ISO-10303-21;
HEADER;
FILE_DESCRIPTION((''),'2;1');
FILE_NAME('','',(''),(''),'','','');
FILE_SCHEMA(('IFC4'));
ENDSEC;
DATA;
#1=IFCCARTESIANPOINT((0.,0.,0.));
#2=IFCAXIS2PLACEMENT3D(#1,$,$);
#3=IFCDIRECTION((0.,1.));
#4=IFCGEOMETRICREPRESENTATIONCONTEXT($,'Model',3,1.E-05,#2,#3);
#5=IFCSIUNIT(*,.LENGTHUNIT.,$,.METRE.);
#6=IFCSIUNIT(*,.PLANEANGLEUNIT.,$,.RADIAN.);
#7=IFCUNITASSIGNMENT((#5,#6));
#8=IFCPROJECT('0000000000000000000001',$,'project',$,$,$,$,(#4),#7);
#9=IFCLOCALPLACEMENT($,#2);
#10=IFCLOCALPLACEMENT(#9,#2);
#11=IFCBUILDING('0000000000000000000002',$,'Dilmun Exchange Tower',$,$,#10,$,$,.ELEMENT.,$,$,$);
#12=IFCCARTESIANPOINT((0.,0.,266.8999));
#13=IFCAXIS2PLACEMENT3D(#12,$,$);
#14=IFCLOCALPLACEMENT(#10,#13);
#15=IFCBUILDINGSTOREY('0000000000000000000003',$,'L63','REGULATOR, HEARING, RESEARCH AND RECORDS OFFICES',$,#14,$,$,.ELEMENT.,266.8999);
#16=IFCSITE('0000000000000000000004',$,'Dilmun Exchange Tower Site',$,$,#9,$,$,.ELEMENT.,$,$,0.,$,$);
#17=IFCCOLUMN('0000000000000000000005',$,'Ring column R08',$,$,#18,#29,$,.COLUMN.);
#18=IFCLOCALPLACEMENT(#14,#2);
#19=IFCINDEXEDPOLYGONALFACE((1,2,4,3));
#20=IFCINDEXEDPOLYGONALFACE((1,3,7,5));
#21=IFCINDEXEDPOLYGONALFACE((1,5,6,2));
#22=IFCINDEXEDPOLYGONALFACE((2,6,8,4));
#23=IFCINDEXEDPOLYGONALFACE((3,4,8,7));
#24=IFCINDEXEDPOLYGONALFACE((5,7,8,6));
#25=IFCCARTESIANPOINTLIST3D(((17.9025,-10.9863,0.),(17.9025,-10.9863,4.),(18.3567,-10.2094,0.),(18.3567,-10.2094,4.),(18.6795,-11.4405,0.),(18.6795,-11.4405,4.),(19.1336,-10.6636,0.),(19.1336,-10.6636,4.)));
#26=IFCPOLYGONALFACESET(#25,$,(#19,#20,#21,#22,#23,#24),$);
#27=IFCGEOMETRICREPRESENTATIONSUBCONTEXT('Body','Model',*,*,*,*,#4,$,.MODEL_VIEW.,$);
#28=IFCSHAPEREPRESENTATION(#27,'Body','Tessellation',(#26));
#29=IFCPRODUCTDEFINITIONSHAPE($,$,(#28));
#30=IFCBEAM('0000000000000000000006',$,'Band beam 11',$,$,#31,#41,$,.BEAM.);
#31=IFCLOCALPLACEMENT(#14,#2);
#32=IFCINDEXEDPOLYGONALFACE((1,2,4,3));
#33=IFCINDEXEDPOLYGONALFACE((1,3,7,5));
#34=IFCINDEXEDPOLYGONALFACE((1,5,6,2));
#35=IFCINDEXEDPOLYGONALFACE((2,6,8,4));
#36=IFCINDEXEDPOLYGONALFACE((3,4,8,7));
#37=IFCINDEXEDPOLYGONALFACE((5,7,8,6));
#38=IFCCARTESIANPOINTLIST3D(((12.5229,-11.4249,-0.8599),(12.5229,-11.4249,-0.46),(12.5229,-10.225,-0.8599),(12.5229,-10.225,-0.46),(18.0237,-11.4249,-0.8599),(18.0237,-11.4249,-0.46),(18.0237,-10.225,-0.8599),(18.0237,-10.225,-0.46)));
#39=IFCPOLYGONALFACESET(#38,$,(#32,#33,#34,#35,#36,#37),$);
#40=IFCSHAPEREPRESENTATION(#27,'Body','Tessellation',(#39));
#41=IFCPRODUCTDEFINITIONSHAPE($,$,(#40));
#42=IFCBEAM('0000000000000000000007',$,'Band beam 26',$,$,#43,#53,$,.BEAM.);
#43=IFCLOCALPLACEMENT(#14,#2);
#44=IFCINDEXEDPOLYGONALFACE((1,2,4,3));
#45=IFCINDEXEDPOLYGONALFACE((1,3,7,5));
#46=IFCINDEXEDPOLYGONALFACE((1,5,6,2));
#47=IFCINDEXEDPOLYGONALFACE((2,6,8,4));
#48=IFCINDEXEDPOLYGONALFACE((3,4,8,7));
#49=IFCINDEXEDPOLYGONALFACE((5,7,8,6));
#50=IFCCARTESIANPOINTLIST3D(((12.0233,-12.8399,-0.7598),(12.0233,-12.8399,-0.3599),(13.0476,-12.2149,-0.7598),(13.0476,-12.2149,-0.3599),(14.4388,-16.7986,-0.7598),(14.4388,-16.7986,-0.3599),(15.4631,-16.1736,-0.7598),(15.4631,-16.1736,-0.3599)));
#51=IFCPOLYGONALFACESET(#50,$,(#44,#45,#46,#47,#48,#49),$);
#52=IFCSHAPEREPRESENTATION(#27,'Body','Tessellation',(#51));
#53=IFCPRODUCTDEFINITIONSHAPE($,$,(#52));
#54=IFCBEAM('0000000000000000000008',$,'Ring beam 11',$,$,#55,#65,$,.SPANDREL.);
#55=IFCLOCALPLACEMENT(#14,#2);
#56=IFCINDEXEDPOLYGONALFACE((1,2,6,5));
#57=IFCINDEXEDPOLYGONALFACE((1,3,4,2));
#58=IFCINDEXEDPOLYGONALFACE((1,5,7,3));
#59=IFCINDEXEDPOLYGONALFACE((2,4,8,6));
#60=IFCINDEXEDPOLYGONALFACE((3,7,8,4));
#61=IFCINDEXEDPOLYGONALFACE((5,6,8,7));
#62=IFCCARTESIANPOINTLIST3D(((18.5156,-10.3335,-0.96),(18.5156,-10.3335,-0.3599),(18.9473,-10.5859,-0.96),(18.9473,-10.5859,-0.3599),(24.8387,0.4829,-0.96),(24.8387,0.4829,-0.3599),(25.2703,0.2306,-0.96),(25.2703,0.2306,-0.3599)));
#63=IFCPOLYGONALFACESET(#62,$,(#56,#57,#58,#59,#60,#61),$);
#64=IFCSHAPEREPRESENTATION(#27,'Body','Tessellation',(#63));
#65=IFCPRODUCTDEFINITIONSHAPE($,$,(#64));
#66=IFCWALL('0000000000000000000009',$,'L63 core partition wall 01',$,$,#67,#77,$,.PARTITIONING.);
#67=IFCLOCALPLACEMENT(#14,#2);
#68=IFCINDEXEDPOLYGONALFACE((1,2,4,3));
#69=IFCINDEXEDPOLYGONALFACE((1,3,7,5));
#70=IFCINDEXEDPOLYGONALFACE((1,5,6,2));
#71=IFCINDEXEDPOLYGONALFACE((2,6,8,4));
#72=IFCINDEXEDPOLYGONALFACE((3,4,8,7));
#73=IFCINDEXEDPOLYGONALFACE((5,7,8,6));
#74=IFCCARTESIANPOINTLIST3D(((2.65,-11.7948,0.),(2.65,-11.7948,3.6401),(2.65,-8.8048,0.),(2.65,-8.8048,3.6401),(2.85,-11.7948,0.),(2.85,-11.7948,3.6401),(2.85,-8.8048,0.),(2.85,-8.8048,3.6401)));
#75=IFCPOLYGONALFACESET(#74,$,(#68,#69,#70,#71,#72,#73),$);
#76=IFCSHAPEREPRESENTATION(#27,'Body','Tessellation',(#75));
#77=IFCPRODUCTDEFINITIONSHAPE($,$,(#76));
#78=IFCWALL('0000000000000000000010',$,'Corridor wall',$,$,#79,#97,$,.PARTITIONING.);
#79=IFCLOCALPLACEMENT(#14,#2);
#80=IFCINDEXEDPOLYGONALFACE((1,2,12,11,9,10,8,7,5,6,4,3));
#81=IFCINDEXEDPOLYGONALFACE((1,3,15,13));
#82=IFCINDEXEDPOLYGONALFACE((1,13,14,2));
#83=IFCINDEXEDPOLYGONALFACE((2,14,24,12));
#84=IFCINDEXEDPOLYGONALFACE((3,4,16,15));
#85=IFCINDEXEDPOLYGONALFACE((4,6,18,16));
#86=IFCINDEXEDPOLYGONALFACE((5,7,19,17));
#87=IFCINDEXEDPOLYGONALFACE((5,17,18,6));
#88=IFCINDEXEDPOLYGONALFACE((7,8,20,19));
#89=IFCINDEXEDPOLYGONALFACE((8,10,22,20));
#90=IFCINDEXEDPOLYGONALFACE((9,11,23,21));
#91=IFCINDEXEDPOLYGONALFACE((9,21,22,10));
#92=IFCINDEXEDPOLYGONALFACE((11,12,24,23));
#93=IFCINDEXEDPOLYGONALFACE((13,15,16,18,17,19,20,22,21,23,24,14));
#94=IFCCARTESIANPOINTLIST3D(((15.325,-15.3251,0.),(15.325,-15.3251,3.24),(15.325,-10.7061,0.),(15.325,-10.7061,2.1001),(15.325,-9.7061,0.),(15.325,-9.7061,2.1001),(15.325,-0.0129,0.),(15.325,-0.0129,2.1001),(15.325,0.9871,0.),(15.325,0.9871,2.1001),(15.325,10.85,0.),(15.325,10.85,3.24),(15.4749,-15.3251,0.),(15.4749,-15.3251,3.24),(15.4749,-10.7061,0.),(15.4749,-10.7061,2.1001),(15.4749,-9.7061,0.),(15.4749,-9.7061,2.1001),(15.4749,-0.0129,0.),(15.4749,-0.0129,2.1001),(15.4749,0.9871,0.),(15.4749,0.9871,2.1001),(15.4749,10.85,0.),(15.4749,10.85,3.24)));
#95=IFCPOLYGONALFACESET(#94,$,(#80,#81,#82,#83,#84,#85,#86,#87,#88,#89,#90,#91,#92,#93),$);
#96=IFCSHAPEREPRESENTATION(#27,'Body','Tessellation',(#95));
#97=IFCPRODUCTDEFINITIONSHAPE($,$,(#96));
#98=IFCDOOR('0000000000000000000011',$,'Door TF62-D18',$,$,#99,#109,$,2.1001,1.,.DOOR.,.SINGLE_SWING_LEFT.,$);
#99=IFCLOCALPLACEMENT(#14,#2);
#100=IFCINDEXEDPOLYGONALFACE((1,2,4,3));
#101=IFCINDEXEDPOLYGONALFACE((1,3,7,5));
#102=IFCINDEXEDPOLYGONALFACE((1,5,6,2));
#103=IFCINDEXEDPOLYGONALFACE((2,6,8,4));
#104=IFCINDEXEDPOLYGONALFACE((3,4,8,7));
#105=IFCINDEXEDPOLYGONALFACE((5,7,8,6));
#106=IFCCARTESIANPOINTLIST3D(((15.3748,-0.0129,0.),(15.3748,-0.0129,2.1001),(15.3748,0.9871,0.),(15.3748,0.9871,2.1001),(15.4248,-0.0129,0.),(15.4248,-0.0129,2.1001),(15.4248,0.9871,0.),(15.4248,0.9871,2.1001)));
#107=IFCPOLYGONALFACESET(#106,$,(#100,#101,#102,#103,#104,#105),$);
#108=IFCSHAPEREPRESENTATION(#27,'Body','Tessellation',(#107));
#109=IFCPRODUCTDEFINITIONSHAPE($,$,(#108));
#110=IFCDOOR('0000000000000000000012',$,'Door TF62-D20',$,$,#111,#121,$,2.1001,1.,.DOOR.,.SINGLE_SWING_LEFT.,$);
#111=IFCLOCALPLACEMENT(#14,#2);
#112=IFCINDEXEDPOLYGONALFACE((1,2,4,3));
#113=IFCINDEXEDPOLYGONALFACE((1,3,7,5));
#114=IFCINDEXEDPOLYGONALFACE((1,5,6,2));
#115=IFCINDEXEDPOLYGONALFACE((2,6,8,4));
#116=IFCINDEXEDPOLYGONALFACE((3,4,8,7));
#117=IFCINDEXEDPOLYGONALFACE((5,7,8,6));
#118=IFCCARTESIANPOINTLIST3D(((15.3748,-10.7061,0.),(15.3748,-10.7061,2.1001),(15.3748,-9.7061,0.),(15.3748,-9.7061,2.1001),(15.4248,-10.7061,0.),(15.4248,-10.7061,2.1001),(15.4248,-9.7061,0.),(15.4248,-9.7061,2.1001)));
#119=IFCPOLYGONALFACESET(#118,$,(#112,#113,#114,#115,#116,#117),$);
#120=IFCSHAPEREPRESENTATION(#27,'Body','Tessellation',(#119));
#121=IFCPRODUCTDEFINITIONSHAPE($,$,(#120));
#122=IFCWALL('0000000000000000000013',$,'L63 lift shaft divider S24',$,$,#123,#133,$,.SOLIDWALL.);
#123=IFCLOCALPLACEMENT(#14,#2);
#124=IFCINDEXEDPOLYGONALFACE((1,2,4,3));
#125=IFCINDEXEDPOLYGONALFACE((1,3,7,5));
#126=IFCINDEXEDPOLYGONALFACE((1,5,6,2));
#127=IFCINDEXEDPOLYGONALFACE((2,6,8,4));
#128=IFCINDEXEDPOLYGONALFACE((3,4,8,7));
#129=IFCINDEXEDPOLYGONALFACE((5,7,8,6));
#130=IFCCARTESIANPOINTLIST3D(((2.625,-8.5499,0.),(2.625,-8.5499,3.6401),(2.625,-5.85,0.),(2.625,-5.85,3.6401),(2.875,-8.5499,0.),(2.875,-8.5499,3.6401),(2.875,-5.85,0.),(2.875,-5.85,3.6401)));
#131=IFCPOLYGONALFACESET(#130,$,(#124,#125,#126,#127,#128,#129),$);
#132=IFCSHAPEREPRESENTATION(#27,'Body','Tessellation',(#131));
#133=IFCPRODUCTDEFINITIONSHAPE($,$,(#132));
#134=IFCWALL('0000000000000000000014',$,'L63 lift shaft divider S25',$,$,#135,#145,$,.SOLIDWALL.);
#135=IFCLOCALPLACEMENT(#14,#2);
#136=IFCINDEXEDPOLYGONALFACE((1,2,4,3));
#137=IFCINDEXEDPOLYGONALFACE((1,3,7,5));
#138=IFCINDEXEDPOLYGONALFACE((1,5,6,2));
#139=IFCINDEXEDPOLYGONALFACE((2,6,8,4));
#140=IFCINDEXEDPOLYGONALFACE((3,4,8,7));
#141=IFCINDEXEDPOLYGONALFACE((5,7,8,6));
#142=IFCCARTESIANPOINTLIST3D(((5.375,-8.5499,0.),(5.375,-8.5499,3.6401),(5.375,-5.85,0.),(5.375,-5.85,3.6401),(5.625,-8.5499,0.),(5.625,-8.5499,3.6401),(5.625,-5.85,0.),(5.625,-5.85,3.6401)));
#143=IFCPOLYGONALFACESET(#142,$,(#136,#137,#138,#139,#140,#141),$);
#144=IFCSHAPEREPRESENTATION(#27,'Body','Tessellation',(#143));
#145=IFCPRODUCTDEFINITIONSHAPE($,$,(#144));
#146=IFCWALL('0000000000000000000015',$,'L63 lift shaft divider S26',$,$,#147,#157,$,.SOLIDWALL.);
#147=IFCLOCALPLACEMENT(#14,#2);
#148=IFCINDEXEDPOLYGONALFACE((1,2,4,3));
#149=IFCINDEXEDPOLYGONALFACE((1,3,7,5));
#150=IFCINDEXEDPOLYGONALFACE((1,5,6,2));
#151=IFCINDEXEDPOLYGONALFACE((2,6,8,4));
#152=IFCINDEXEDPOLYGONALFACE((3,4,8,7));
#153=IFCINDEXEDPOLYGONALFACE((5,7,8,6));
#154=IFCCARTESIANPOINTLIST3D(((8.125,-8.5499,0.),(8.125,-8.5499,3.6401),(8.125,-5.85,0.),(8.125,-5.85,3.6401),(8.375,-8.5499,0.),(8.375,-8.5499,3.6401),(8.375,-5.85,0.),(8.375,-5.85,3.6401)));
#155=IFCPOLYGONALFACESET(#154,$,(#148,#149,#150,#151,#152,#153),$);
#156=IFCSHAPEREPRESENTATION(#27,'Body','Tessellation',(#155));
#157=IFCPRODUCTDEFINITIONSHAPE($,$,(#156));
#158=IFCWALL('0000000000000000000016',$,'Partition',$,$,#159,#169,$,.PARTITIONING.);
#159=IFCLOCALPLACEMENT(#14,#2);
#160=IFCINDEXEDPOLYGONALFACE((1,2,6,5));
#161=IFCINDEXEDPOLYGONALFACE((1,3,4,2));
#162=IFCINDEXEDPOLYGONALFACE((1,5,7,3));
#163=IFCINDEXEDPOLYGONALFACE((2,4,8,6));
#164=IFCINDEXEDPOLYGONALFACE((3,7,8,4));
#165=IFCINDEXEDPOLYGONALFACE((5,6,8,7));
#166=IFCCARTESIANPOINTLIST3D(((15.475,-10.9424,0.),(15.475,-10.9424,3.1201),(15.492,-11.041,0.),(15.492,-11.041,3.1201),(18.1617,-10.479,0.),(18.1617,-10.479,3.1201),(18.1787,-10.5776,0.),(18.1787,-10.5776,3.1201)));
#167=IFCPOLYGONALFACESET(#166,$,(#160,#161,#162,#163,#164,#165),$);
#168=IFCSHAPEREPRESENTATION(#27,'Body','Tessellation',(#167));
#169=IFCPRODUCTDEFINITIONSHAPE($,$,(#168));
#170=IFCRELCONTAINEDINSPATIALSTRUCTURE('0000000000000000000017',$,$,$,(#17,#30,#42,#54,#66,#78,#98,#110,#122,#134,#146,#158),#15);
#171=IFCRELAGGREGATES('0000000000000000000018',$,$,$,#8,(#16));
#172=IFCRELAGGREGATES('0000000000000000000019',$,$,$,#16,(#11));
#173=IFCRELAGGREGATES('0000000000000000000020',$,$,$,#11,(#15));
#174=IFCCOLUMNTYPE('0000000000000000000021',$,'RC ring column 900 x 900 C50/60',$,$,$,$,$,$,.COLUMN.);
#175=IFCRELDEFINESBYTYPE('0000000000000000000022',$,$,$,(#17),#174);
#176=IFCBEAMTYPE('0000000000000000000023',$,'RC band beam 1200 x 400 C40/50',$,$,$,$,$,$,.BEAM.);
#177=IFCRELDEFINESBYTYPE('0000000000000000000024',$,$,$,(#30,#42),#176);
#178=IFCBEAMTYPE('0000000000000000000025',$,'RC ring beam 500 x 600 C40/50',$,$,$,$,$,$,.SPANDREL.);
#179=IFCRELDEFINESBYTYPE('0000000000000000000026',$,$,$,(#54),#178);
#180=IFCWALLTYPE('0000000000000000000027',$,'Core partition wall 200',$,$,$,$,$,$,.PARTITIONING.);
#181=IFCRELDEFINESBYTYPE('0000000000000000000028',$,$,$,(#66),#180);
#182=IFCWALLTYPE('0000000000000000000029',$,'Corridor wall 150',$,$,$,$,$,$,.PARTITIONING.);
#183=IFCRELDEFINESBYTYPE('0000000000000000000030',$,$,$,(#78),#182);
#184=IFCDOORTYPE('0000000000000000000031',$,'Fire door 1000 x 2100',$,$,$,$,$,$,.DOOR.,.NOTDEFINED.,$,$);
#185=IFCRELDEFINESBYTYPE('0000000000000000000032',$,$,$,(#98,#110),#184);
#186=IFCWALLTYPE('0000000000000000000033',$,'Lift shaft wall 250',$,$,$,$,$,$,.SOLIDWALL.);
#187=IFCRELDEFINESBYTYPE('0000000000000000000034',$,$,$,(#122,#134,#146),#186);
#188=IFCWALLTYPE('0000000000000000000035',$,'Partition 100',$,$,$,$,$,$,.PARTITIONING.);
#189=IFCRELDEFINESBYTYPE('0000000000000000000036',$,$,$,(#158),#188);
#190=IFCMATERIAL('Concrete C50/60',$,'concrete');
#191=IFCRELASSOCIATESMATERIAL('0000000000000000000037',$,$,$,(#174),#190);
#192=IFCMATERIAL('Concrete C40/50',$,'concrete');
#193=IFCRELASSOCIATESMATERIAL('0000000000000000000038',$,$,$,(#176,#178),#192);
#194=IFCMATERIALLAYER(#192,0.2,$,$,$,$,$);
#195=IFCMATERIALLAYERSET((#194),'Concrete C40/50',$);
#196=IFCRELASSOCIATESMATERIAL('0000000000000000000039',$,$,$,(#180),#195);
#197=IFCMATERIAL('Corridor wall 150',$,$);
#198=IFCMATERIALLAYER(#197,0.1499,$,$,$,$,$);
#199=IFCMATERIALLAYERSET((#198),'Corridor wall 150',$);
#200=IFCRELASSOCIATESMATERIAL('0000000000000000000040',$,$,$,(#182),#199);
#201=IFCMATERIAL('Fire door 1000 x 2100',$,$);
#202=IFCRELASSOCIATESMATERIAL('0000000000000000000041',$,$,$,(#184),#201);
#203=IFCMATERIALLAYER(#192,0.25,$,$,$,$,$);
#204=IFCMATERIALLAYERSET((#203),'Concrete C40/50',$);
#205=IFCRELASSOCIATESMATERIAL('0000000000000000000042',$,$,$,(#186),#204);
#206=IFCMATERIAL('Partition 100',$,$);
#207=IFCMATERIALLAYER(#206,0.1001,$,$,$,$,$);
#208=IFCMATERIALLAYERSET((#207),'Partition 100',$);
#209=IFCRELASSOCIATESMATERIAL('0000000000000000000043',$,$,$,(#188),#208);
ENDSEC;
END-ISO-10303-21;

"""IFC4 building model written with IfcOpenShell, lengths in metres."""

from ifc_helpers import new_model, si_unit, direction, frame, frame_2d, origin, origin_2d, place, context, subcontext, project, spatial, rectangle, extrude, material, layer, layer_set, material_profile, profile_set, type_object, element, fill, save


model = new_model("IFC4")

# Units and contexts
model_context = context("Model", 3, precision=1e-05, world=origin(), true_north=direction((0.0, 1.0)))
body_context = subcontext(model_context, "Body", "Model", "MODEL_VIEW")
ifc_project = project(units=[si_unit("LENGTHUNIT", "METRE"), si_unit("PLANEANGLEUNIT", "RADIAN")], contexts=[model_context])

# Site, building, storey
site_placement = place(None, origin())
site = spatial("IfcSite", under=ifc_project, at=site_placement, Name="Dilmun Exchange Tower Site", CompositionType="ELEMENT", RefElevation=0.0)
building_placement = place(site_placement, origin())
building = spatial("IfcBuilding", under=site, at=building_placement, Name="Dilmun Exchange Tower", CompositionType="ELEMENT")
storey_placement = place(building_placement, frame((0.0, 0.0, 266.8999)))
storey = spatial("IfcBuildingStorey", under=building, at=storey_placement, Name="L63", Description="REGULATOR, HEARING, RESEARCH AND RECORDS OFFICES", CompositionType="ELEMENT", Elevation=266.8999)

# Column
ifc_material_1 = material(Name="Concrete C50/60", Category="concrete")
ifc_material_profile_1 = material_profile(ifc_material_1, rectangle(XDim=0.8999, YDim=0.8999, at=origin_2d()), Name="900 x 900")
ifc_profile_set_1 = profile_set([ifc_material_profile_1], Name="Concrete C50/60")
column_type = type_object("IfcColumnType", Name="RC ring column 900 x 900 C50/60", PredefinedType="COLUMN", material=ifc_profile_set_1)
column_placement = place(storey_placement, frame((18.5181, -10.825, 0.0), z_axis=(0.0, 0.0, 1.0), x_axis=(0.504644, 0.863328, 0.0)))
element("IfcColumn", 1, at=column_placement, inside=storey, type_object=column_type, Name="Ring column R08", PredefinedType="COLUMN", context=body_context, shape_type="SweptSolid", body=[
    extrude(rectangle(XDim=0.8999, YDim=0.8999, at=origin_2d()), origin(), (0.0, 0.0, 1.0), 4.0),
])

# Beams
ifc_material_2 = material(Name="Concrete C40/50", Category="concrete")
ifc_material_profile_2 = material_profile(ifc_material_2, rectangle(XDim=1.2, YDim=0.3999, at=origin_2d()), Name="1200 x 400")
ifc_profile_set_2 = profile_set([ifc_material_profile_2], Name="Concrete C40/50")
beam_type_1 = type_object("IfcBeamType", Name="RC band beam 1200 x 400 C40/50", PredefinedType="BEAM", material=ifc_profile_set_2)
beam_1_placement = place(storey_placement, frame((18.0237, -10.825, -0.6599), z_axis=(-1.0, 0.0, 0.0), x_axis=(0.0, -1.0, 0.0)))
element("IfcBeam", 2, at=beam_1_placement, inside=storey, type_object=beam_type_1, Name="Band beam 11", PredefinedType="BEAM", context=body_context, shape_type="SweptSolid", body=[
    extrude(rectangle(XDim=1.2, YDim=0.3999, at=origin_2d()), origin(), (0.0, 0.0, 1.0), 5.5007),
])
beam_2_placement = place(storey_placement, frame((14.9509, -16.4861, -0.5598), z_axis=(-0.520869, 0.853637, 0.0), x_axis=(-0.853637, -0.520869, 0.0)))
element("IfcBeam", 3, at=beam_2_placement, inside=storey, type_object=beam_type_1, Name="Band beam 26", PredefinedType="BEAM", context=body_context, shape_type="SweptSolid", body=[
    extrude(rectangle(XDim=1.2, YDim=0.3999, at=origin_2d()), origin(), (0.0, 0.0, 1.0), 4.6375),
])
ifc_material_profile_3 = material_profile(ifc_material_2, rectangle(XDim=0.5, YDim=0.6001, at=origin_2d()), Name="500 x 600")
ifc_profile_set_3 = profile_set([ifc_material_profile_3], Name="Concrete C40/50")
beam_type_2 = type_object("IfcBeamType", Name="RC ring beam 500 x 600 C40/50", PredefinedType="SPANDREL", material=ifc_profile_set_3)
beam_3_placement = place(storey_placement, frame((18.7314, -10.4597, -0.6599), z_axis=(0.50467, 0.863312, 0.0), x_axis=(-0.863312, 0.50467, 0.0)))
element("IfcBeam", 4, at=beam_3_placement, inside=storey, type_object=beam_type_2, Name="Ring beam 11", PredefinedType="SPANDREL", context=body_context, shape_type="SweptSolid", body=[
    extrude(rectangle(XDim=0.5, YDim=0.6001, at=origin_2d()), origin(), (0.0, 0.0, 1.0), 12.5291),
])

# Wall
ifc_layer_1 = layer(ifc_material_2, 0.2)
ifc_layer_set_1 = layer_set([ifc_layer_1], Name="Concrete C40/50")
wall_type_1 = type_object("IfcWallType", Name="Core partition wall 200", PredefinedType="PARTITIONING", material=ifc_layer_set_1)
wall_1_placement = place(storey_placement, frame((2.75, -11.7949, 0.0), z_axis=(0.0, 0.0, 1.0), x_axis=(0.0, 1.0, 0.0)))
element("IfcWall", 5, at=wall_1_placement, inside=storey, type_object=wall_type_1, Name="L63 core partition wall 01", PredefinedType="PARTITIONING", context=body_context, shape_type="SweptSolid", body=[
    extrude(rectangle(XDim=2.99, YDim=0.2, at=frame_2d((1.4951, 0.0))), origin(), (0.0, 0.0, 1.0), 3.6401),
])

# Wall, openings, doors
ifc_material_3 = material(Name="Corridor wall 150")
ifc_layer_2 = layer(ifc_material_3, 0.1499)
ifc_layer_set_2 = layer_set([ifc_layer_2], Name="Corridor wall 150")
wall_type_2 = type_object("IfcWallType", Name="Corridor wall 150", PredefinedType="PARTITIONING", material=ifc_layer_set_2)
wall_2_placement = place(storey_placement, frame((15.3999, -15.325, 0.0), z_axis=(0.0, 0.0, 1.0), x_axis=(0.0, 1.0, 0.0)))
wall_2 = element("IfcWall", 6, at=wall_2_placement, inside=storey, type_object=wall_type_2, Name="Corridor wall", PredefinedType="PARTITIONING", context=body_context, shape_type="SweptSolid", body=[
    extrude(rectangle(XDim=26.175, YDim=0.1499, at=frame_2d((13.0874, 0.0))), origin(), (0.0, 0.0, 1.0), 3.24),
])
opening_1_placement = place(wall_2_placement, frame((15.312, 0.0, 0.0)))
opening_1 = element("IfcOpeningElement", 7, at=opening_1_placement, cuts=wall_2, PredefinedType="OPENING", context=body_context, shape_type="SweptSolid", body=[
    extrude(rectangle(XDim=1.0, YDim=2.1001, at=frame_2d((0.5, 1.05))), frame((0.0, 0.085, 0.0), z_axis=(0.0, -1.0, 0.0), x_axis=(1.0, 0.0, 0.0)), (0.0, 0.0, 1.0), 0.1699),
])
opening_2_placement = place(wall_2_placement, frame((4.6189, 0.0, 0.0)))
opening_2 = element("IfcOpeningElement", 8, at=opening_2_placement, cuts=wall_2, PredefinedType="OPENING", context=body_context, shape_type="SweptSolid", body=[
    extrude(rectangle(XDim=1.0, YDim=2.1001, at=frame_2d((0.5, 1.05))), frame((0.0, 0.085, 0.0), z_axis=(0.0, -1.0, 0.0), x_axis=(1.0, 0.0, 0.0)), (0.0, 0.0, 1.0), 0.1699),
])
ifc_material_4 = material(Name="Fire door 1000 x 2100")
door_type_1 = type_object("IfcDoorType", Name="Fire door 1000 x 2100", OperationType="NOTDEFINED", PredefinedType="DOOR", material=ifc_material_4)
door_1_placement = place(opening_1_placement, frame((1.0, 0.0, 0.0), z_axis=(0.0, 0.0, 1.0), x_axis=(-1.0, 0.0, 0.0)))
door_1 = element("IfcDoor", 9, at=door_1_placement, inside=storey, type_object=door_type_1, Name="Door TF62-D18", OperationType="SINGLE_SWING_LEFT", OverallHeight=2.1001, OverallWidth=1.0, PredefinedType="DOOR", context=body_context, shape_type="SweptSolid", body=[
    extrude(rectangle(XDim=1.0, YDim=2.1001, at=frame_2d((0.5, 1.05))), frame((0.0, 0.0249, 0.0), z_axis=(0.0, -1.0, 0.0), x_axis=(1.0, 0.0, 0.0)), (0.0, 0.0, 1.0), 0.05),
])
fill(opening_1, door_1)
door_2_placement = place(opening_2_placement, frame((1.0, 0.0, 0.0), z_axis=(0.0, 0.0, 1.0), x_axis=(-1.0, 0.0, 0.0)))
door_2 = element("IfcDoor", 10, at=door_2_placement, inside=storey, type_object=door_type_1, Name="Door TF62-D20", OperationType="SINGLE_SWING_LEFT", OverallHeight=2.1001, OverallWidth=1.0, PredefinedType="DOOR", context=body_context, shape_type="SweptSolid", body=[
    extrude(rectangle(XDim=1.0, YDim=2.1001, at=frame_2d((0.5, 1.05))), frame((0.0, 0.0249, 0.0), z_axis=(0.0, -1.0, 0.0), x_axis=(1.0, 0.0, 0.0)), (0.0, 0.0, 1.0), 0.05),
])
fill(opening_2, door_2)

# Walls
ifc_layer_3 = layer(ifc_material_2, 0.25)
ifc_layer_set_3 = layer_set([ifc_layer_3], Name="Concrete C40/50")
wall_type_3 = type_object("IfcWallType", Name="Lift shaft wall 250", PredefinedType="SOLIDWALL", material=ifc_layer_set_3)
for number, where, z_axis, x_axis, name in (
    (11, (2.75, -8.55, 0.0), (0.0, 0.0, 1.0), (0.0, 1.0, 0.0), "L63 lift shaft divider S24"),
    (12, (5.5, -8.55, 0.0), (0.0, 0.0, 1.0), (0.0, 1.0, 0.0), "L63 lift shaft divider S25"),
    (13, (8.25, -8.55, 0.0), (0.0, 0.0, 1.0), (0.0, 1.0, 0.0), "L63 lift shaft divider S26"),
):
    element("IfcWall", number, at=place(storey_placement, frame(where, z_axis=z_axis, x_axis=x_axis)), inside=storey, type_object=wall_type_3, Name=name, PredefinedType="SOLIDWALL", context=body_context, shape_type="SweptSolid", body=[
        extrude(rectangle(XDim=2.7, YDim=0.25, at=frame_2d((1.3501, 0.0))), origin(), (0.0, 0.0, 1.0), 3.6401),
    ])
ifc_material_5 = material(Name="Partition 100")
ifc_layer_4 = layer(ifc_material_5, 0.1001)
ifc_layer_set_4 = layer_set([ifc_layer_4], Name="Partition 100")
wall_type_4 = type_object("IfcWallType", Name="Partition 100", PredefinedType="PARTITIONING", material=ifc_layer_set_4)
wall_3_placement = place(storey_placement, frame((15.4834, -10.9917, 0.0), z_axis=(0.0, 0.0, 1.0), x_axis=(0.985451, 0.169958, 0.0)))
element("IfcWall", 14, at=wall_3_placement, inside=storey, type_object=wall_type_4, Name="Partition", PredefinedType="PARTITIONING", context=body_context, shape_type="SweptSolid", body=[
    extrude(rectangle(XDim=2.7263, YDim=0.1001, at=frame_2d((1.3633, 0.0))), origin(), (0.0, 0.0, 1.0), 3.1201),
])

save(model, "model.ifc")
